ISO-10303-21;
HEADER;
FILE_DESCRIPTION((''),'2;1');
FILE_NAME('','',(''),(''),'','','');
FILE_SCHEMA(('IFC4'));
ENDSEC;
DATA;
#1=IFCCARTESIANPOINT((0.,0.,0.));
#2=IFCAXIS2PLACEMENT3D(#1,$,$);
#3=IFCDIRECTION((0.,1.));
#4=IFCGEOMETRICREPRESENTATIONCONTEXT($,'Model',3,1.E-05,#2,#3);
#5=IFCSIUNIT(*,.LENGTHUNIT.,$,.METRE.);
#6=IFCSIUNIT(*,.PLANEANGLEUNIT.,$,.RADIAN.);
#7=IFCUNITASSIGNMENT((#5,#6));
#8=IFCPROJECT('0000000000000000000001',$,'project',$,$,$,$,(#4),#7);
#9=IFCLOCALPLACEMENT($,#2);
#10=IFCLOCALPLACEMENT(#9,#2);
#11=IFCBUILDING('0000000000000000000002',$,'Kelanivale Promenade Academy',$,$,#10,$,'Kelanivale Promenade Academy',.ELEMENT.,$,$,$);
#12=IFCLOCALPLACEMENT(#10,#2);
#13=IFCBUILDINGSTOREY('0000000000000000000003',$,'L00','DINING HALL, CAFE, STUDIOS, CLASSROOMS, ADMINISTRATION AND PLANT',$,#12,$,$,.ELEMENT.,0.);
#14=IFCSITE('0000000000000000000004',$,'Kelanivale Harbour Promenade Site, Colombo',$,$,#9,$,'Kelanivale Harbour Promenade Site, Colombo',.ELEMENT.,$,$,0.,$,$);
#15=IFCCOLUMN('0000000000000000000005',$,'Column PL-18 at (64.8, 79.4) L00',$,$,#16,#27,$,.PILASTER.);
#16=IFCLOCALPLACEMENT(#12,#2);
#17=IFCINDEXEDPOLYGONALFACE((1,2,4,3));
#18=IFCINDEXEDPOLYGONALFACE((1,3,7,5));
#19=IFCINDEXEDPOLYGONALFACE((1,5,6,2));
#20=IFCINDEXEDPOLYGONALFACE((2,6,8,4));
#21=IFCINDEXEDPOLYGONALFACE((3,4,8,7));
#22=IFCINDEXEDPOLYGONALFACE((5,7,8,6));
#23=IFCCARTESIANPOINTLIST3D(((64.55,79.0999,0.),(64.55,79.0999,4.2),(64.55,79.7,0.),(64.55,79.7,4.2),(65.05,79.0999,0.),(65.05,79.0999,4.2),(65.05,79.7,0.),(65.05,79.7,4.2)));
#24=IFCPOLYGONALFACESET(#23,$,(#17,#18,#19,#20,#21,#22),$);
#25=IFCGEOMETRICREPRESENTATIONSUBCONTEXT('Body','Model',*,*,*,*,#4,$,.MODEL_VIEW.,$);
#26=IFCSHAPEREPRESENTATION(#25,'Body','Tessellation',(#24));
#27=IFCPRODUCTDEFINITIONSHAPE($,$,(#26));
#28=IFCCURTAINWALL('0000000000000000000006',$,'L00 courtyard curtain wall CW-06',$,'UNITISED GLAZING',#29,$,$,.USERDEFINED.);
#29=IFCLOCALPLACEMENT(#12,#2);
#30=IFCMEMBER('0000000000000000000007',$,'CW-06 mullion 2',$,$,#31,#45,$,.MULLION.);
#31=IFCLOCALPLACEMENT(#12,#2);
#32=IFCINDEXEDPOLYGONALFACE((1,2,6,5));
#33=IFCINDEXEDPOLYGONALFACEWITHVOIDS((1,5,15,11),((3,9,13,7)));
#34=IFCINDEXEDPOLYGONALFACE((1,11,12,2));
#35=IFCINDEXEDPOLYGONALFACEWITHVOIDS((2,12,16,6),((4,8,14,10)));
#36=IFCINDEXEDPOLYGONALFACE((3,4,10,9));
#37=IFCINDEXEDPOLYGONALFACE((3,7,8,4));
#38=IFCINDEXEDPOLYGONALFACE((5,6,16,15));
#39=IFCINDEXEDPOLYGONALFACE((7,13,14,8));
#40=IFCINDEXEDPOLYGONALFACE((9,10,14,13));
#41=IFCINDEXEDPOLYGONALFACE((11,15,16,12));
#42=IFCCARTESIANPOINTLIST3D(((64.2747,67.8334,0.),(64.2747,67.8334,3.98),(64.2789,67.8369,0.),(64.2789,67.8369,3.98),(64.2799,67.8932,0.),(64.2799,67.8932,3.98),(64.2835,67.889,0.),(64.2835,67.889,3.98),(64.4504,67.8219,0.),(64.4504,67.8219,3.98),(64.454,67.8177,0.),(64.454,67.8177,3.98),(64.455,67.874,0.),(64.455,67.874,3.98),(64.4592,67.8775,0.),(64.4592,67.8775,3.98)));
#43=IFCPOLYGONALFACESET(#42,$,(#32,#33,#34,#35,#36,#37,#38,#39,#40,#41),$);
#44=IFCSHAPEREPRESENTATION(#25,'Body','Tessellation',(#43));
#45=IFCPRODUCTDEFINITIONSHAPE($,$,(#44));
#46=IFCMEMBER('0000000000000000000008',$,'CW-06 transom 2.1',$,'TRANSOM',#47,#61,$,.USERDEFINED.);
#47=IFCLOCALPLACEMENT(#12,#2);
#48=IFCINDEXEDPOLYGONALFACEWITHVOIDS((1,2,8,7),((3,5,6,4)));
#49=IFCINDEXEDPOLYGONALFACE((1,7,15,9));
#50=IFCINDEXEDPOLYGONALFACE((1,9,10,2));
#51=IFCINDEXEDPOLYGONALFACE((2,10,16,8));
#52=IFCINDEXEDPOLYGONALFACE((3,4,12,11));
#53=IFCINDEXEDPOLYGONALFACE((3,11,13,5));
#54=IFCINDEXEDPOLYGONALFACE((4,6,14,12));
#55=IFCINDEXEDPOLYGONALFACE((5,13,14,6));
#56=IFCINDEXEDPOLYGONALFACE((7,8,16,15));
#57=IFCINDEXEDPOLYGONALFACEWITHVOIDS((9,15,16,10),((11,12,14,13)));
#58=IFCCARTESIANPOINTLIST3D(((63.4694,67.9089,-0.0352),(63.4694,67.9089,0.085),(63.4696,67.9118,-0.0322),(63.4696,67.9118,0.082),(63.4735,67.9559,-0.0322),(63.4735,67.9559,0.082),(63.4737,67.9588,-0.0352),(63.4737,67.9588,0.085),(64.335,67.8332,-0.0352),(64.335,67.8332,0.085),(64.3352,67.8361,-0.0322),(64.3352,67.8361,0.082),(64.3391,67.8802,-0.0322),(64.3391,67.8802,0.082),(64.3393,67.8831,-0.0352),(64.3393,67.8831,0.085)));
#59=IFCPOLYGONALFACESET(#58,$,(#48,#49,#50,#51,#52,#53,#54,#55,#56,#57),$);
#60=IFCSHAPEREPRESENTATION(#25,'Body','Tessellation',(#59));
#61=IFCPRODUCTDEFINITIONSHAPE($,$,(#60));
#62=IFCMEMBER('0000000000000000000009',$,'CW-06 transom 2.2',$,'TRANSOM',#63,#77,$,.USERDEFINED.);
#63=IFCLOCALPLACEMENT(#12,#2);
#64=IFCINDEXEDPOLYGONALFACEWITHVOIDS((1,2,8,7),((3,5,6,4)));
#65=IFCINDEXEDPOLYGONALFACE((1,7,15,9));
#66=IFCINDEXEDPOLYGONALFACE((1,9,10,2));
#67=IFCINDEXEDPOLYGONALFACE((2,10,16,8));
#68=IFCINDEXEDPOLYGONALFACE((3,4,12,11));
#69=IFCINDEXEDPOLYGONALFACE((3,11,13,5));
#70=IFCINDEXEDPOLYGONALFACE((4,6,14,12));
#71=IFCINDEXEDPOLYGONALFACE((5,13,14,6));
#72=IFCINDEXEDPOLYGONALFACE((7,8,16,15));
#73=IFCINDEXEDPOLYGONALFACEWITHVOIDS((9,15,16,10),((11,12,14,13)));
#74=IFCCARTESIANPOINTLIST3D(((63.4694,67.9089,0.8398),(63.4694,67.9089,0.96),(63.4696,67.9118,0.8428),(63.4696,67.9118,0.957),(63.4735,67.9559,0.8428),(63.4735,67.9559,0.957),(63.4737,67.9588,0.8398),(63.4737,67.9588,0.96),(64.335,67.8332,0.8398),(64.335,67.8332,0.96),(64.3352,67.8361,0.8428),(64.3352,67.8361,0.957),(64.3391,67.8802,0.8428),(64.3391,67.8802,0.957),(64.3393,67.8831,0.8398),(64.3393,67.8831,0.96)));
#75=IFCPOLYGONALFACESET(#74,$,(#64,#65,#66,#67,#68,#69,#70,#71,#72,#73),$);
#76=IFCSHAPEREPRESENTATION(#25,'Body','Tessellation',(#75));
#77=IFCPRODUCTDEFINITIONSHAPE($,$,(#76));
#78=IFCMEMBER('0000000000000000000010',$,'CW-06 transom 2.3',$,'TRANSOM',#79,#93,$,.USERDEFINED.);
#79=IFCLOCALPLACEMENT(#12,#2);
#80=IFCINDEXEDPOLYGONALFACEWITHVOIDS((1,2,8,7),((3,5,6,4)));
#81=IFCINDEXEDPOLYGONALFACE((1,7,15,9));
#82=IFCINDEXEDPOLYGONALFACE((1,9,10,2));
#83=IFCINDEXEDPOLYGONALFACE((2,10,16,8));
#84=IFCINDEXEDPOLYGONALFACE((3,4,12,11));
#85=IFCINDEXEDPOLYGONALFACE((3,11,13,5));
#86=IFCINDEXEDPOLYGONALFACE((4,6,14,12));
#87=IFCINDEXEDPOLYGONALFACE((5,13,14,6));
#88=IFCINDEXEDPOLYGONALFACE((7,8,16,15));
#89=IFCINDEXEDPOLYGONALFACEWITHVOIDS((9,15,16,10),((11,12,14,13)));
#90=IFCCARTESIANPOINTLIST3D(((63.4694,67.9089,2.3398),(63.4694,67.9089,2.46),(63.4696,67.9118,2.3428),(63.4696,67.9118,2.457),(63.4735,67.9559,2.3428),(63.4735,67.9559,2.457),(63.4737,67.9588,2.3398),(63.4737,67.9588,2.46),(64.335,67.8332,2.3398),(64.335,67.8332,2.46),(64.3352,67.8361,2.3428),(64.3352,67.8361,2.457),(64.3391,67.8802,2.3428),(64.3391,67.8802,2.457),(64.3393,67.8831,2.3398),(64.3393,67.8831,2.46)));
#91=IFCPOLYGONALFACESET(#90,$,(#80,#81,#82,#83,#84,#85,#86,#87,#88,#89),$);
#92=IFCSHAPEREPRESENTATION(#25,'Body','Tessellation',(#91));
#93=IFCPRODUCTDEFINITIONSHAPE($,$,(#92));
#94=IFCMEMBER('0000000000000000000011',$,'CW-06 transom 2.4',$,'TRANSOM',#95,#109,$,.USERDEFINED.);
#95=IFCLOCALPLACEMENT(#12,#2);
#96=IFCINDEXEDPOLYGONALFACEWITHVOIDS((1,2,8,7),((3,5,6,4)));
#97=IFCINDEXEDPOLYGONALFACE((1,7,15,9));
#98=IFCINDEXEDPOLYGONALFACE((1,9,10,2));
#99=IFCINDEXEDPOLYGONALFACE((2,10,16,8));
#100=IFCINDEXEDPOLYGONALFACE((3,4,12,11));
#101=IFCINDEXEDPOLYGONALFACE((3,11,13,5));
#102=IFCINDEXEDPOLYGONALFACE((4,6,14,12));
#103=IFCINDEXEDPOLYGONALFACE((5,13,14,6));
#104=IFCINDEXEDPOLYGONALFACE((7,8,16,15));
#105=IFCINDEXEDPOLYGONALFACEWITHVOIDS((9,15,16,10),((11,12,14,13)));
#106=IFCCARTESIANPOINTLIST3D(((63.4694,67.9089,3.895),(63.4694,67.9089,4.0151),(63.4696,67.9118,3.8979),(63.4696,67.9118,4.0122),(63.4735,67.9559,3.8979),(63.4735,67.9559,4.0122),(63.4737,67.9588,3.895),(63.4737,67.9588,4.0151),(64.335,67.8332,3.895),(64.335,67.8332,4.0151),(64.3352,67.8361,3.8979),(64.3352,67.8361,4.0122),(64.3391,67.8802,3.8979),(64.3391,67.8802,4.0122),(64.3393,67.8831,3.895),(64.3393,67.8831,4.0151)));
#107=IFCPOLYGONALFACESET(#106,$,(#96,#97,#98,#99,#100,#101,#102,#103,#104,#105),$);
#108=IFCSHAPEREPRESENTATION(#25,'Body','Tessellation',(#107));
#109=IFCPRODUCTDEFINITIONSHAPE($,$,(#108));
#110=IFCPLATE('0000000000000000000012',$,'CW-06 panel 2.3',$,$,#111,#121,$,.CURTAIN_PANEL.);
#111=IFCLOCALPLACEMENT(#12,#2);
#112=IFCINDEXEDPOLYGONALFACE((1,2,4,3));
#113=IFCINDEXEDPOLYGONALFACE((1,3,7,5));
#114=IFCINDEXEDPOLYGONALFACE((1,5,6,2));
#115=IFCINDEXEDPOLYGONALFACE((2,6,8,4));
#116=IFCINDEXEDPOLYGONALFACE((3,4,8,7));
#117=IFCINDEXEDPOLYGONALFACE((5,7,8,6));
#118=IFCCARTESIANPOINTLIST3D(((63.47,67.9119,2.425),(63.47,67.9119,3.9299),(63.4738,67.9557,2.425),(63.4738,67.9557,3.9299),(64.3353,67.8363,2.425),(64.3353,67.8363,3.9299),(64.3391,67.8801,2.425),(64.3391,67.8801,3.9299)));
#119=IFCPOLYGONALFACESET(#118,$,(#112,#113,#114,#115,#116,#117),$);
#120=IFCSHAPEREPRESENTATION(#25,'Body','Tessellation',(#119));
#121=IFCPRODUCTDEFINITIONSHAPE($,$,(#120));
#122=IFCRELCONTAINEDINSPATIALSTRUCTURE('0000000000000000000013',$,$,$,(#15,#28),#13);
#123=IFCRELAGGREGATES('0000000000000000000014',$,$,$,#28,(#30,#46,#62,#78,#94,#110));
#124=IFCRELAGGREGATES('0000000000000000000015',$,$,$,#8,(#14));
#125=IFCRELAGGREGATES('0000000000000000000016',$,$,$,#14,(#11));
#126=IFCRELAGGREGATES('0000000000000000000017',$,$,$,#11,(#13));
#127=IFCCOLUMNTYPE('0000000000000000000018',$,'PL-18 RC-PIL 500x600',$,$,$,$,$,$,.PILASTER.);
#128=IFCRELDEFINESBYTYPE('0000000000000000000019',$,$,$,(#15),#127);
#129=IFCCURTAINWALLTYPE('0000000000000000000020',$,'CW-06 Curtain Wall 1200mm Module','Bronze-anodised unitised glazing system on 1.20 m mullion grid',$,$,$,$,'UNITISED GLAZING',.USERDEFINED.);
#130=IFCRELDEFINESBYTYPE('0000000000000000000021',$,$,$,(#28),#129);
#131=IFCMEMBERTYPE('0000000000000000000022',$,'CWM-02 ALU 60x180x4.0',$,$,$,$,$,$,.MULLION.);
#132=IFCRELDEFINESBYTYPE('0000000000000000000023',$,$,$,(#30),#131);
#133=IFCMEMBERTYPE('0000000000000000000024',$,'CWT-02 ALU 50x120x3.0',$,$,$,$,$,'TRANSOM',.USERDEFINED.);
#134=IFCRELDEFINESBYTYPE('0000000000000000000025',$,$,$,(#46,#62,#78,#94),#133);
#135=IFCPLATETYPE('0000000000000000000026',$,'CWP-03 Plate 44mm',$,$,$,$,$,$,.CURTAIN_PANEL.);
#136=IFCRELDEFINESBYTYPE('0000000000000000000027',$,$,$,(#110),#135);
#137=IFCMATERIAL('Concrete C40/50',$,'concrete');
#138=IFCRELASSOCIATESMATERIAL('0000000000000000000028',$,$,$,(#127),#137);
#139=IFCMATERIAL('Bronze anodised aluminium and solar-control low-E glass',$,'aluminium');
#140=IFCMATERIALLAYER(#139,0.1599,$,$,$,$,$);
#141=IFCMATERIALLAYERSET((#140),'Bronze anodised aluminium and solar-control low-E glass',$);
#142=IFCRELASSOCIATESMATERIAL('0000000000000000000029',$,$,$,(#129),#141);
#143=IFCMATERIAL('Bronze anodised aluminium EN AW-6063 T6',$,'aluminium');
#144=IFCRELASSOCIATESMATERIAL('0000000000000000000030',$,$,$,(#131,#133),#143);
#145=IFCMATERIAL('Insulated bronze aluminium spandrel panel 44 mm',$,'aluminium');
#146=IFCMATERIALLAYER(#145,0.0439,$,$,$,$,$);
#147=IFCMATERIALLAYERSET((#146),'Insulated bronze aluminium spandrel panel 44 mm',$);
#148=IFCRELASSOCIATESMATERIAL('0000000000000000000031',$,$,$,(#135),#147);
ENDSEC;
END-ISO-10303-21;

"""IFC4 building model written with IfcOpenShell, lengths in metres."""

from ifc_helpers import new_model, si_unit, direction, frame, origin, origin_2d, place, context, subcontext, project, spatial, rectangle, hollow_rectangle, extrude, material, layer, layer_set, material_profile, profile_set, type_object, element, aggregate, save


model = new_model("IFC4")

# Units and contexts
model_context = context("Model", 3, precision=1e-05, world=origin(), true_north=direction((0.0, 1.0)))
body_context = subcontext(model_context, "Body", "Model", "MODEL_VIEW")
ifc_project = project(units=[si_unit("LENGTHUNIT", "METRE"), si_unit("PLANEANGLEUNIT", "RADIAN")], contexts=[model_context])

# Site, building, storey
site_placement = place(None, origin())
site = spatial("IfcSite", under=ifc_project, at=site_placement, Name="Kelanivale Harbour Promenade Site, Colombo", LongName="Kelanivale Harbour Promenade Site, Colombo", CompositionType="ELEMENT", RefElevation=0.0)
building_placement = place(site_placement, origin())
building = spatial("IfcBuilding", under=site, at=building_placement, Name="Kelanivale Promenade Academy", LongName="Kelanivale Promenade Academy", CompositionType="ELEMENT")
storey_placement = place(building_placement, origin())
storey = spatial("IfcBuildingStorey", under=building, at=storey_placement, Name="L00", Description="DINING HALL, CAFE, STUDIOS, CLASSROOMS, ADMINISTRATION AND PLANT", CompositionType="ELEMENT", Elevation=0.0)

# Column
ifc_material_1 = material(Name="Concrete C40/50", Category="concrete")
ifc_material_profile_1 = material_profile(ifc_material_1, rectangle(XDim=0.5, YDim=0.6001, at=origin_2d()), Name="RC-PIL 500x600")
ifc_profile_set_1 = profile_set([ifc_material_profile_1], Name="Concrete C40/50")
column_type_1 = type_object("IfcColumnType", Name="PL-18 RC-PIL 500x600", PredefinedType="PILASTER", material=ifc_profile_set_1)
column_1_placement = place(storey_placement, frame((64.8, 79.3999, 0.0), z_axis=(0.0, 0.0, 1.0), x_axis=(1.0, 0.0, 0.0)))
element("IfcColumn", 1, at=column_1_placement, inside=storey, type_object=column_type_1, Name="Column PL-18 at (64.8, 79.4) L00", PredefinedType="PILASTER", context=body_context, shape_type="SweptSolid", body=[
    extrude(rectangle(XDim=0.5, YDim=0.6001, at=origin_2d()), origin(), (0.0, 0.0, 1.0), 4.2),
])

# Curtain wall, members, plate
ifc_material_2 = material(Name="Bronze anodised aluminium and solar-control low-E glass", Category="aluminium")
ifc_layer_1 = layer(ifc_material_2, 0.1599)
ifc_layer_set_1 = layer_set([ifc_layer_1], Name="Bronze anodised aluminium and solar-control low-E glass")
curtain_wall_type = type_object("IfcCurtainWallType", Name="CW-06 Curtain Wall 1200mm Module", Description="Bronze-anodised unitised glazing system on 1.20 m mullion grid", ElementType="UNITISED GLAZING", PredefinedType="USERDEFINED", material=ifc_layer_set_1)
curtain_wall_placement = place(storey_placement, origin())
curtain_wall = element("IfcCurtainWall", 2, at=curtain_wall_placement, inside=storey, type_object=curtain_wall_type, Name="L00 courtyard curtain wall CW-06", ObjectType="UNITISED GLAZING", PredefinedType="USERDEFINED")
ifc_material_3 = material(Name="Bronze anodised aluminium EN AW-6063 T6", Category="aluminium")
ifc_material_profile_2 = material_profile(ifc_material_3, hollow_rectangle(XDim=0.0601, YDim=0.1799, WallThickness=0.0039, at=origin_2d()), Name="ALU 60x180x4.0")
ifc_profile_set_2 = profile_set([ifc_material_profile_2], Name="Bronze anodised aluminium EN AW-6063 T6")
member_type_1 = type_object("IfcMemberType", Name="CWM-02 ALU 60x180x4.0", PredefinedType="MULLION", material=ifc_profile_set_2)
member_1_placement = place(storey_placement, frame((64.3669, 67.8555, 0.0), z_axis=(0.0, 0.0, 1.0), x_axis=(-0.087102, -0.996199, 0.0)))
member_1 = element("IfcMember", 3, at=member_1_placement, type_object=member_type_1, Name="CW-06 mullion 2", PredefinedType="MULLION", context=body_context, shape_type="SweptSolid", body=[
    extrude(hollow_rectangle(XDim=0.0601, YDim=0.1799, WallThickness=0.0039, at=origin_2d()), origin(), (0.0, 0.0, 1.0), 3.98),
])
ifc_material_profile_3 = material_profile(ifc_material_3, hollow_rectangle(XDim=0.05, YDim=0.1201, WallThickness=0.0029, at=origin_2d()), Name="ALU 50x120x3.0")
ifc_profile_set_3 = profile_set([ifc_material_profile_3], Name="Bronze anodised aluminium EN AW-6063 T6")
member_type_2 = type_object("IfcMemberType", Name="CWT-02 ALU 50x120x3.0", ElementType="TRANSOM", PredefinedType="USERDEFINED", material=ifc_profile_set_3)
member_2_placement = place(storey_placement, frame((64.3372, 67.8582, 0.0249), z_axis=(-0.996198, 0.087115, 0.0), x_axis=(-0.087115, -0.996198, 0.0)))
member_2 = element("IfcMember", 4, at=member_2_placement, type_object=member_type_2, Name="CW-06 transom 2.1", ObjectType="TRANSOM", PredefinedType="USERDEFINED", context=body_context, shape_type="SweptSolid", body=[
    extrude(hollow_rectangle(XDim=0.05, YDim=0.1201, WallThickness=0.0029, at=origin_2d()), origin(), (0.0, 0.0, 1.0), 0.8689),
])
member_3_placement = place(storey_placement, frame((64.3372, 67.8582, 0.8999), z_axis=(-0.996198, 0.087115, 0.0), x_axis=(-0.087115, -0.996198, 0.0)))
member_3 = element("IfcMember", 5, at=member_3_placement, type_object=member_type_2, Name="CW-06 transom 2.2", ObjectType="TRANSOM", PredefinedType="USERDEFINED", context=body_context, shape_type="SweptSolid", body=[
    extrude(hollow_rectangle(XDim=0.05, YDim=0.1201, WallThickness=0.0029, at=origin_2d()), origin(), (0.0, 0.0, 1.0), 0.8689),
])
member_4_placement = place(storey_placement, frame((64.3372, 67.8582, 2.3999), z_axis=(-0.996198, 0.087115, 0.0), x_axis=(-0.087115, -0.996198, 0.0)))
member_4 = element("IfcMember", 6, at=member_4_placement, type_object=member_type_2, Name="CW-06 transom 2.3", ObjectType="TRANSOM", PredefinedType="USERDEFINED", context=body_context, shape_type="SweptSolid", body=[
    extrude(hollow_rectangle(XDim=0.05, YDim=0.1201, WallThickness=0.0029, at=origin_2d()), origin(), (0.0, 0.0, 1.0), 0.8689),
])
member_5_placement = place(storey_placement, frame((64.3372, 67.8582, 3.9551), z_axis=(-0.996198, 0.087115, 0.0), x_axis=(-0.087115, -0.996198, 0.0)))
member_5 = element("IfcMember", 7, at=member_5_placement, type_object=member_type_2, Name="CW-06 transom 2.4", ObjectType="TRANSOM", PredefinedType="USERDEFINED", context=body_context, shape_type="SweptSolid", body=[
    extrude(hollow_rectangle(XDim=0.05, YDim=0.1201, WallThickness=0.0029, at=origin_2d()), origin(), (0.0, 0.0, 1.0), 0.8689),
])
ifc_material_4 = material(Name="Insulated bronze aluminium spandrel panel 44 mm", Category="aluminium")
ifc_layer_2 = layer(ifc_material_4, 0.0439)
ifc_layer_set_2 = layer_set([ifc_layer_2], Name="Insulated bronze aluminium spandrel panel 44 mm")
plate_type = type_object("IfcPlateType", Name="CWP-03 Plate 44mm", PredefinedType="CURTAIN_PANEL", material=ifc_layer_set_2)
plate_placement = place(storey_placement, frame((63.9045, 67.896, 2.425), z_axis=(0.0, 0.0, 1.0), x_axis=(-0.996199, 0.087102, 0.0)))
plate = element("IfcPlate", 8, at=plate_placement, type_object=plate_type, Name="CW-06 panel 2.3", PredefinedType="CURTAIN_PANEL", context=body_context, shape_type="SweptSolid", body=[
    extrude(rectangle(XDim=0.8687, YDim=0.0439, at=origin_2d()), origin(), (0.0, 0.0, 1.0), 1.5049),
])
aggregate(curtain_wall, [member_1, member_2, member_3, member_4, member_5, plate])

save(model, "model.ifc")
